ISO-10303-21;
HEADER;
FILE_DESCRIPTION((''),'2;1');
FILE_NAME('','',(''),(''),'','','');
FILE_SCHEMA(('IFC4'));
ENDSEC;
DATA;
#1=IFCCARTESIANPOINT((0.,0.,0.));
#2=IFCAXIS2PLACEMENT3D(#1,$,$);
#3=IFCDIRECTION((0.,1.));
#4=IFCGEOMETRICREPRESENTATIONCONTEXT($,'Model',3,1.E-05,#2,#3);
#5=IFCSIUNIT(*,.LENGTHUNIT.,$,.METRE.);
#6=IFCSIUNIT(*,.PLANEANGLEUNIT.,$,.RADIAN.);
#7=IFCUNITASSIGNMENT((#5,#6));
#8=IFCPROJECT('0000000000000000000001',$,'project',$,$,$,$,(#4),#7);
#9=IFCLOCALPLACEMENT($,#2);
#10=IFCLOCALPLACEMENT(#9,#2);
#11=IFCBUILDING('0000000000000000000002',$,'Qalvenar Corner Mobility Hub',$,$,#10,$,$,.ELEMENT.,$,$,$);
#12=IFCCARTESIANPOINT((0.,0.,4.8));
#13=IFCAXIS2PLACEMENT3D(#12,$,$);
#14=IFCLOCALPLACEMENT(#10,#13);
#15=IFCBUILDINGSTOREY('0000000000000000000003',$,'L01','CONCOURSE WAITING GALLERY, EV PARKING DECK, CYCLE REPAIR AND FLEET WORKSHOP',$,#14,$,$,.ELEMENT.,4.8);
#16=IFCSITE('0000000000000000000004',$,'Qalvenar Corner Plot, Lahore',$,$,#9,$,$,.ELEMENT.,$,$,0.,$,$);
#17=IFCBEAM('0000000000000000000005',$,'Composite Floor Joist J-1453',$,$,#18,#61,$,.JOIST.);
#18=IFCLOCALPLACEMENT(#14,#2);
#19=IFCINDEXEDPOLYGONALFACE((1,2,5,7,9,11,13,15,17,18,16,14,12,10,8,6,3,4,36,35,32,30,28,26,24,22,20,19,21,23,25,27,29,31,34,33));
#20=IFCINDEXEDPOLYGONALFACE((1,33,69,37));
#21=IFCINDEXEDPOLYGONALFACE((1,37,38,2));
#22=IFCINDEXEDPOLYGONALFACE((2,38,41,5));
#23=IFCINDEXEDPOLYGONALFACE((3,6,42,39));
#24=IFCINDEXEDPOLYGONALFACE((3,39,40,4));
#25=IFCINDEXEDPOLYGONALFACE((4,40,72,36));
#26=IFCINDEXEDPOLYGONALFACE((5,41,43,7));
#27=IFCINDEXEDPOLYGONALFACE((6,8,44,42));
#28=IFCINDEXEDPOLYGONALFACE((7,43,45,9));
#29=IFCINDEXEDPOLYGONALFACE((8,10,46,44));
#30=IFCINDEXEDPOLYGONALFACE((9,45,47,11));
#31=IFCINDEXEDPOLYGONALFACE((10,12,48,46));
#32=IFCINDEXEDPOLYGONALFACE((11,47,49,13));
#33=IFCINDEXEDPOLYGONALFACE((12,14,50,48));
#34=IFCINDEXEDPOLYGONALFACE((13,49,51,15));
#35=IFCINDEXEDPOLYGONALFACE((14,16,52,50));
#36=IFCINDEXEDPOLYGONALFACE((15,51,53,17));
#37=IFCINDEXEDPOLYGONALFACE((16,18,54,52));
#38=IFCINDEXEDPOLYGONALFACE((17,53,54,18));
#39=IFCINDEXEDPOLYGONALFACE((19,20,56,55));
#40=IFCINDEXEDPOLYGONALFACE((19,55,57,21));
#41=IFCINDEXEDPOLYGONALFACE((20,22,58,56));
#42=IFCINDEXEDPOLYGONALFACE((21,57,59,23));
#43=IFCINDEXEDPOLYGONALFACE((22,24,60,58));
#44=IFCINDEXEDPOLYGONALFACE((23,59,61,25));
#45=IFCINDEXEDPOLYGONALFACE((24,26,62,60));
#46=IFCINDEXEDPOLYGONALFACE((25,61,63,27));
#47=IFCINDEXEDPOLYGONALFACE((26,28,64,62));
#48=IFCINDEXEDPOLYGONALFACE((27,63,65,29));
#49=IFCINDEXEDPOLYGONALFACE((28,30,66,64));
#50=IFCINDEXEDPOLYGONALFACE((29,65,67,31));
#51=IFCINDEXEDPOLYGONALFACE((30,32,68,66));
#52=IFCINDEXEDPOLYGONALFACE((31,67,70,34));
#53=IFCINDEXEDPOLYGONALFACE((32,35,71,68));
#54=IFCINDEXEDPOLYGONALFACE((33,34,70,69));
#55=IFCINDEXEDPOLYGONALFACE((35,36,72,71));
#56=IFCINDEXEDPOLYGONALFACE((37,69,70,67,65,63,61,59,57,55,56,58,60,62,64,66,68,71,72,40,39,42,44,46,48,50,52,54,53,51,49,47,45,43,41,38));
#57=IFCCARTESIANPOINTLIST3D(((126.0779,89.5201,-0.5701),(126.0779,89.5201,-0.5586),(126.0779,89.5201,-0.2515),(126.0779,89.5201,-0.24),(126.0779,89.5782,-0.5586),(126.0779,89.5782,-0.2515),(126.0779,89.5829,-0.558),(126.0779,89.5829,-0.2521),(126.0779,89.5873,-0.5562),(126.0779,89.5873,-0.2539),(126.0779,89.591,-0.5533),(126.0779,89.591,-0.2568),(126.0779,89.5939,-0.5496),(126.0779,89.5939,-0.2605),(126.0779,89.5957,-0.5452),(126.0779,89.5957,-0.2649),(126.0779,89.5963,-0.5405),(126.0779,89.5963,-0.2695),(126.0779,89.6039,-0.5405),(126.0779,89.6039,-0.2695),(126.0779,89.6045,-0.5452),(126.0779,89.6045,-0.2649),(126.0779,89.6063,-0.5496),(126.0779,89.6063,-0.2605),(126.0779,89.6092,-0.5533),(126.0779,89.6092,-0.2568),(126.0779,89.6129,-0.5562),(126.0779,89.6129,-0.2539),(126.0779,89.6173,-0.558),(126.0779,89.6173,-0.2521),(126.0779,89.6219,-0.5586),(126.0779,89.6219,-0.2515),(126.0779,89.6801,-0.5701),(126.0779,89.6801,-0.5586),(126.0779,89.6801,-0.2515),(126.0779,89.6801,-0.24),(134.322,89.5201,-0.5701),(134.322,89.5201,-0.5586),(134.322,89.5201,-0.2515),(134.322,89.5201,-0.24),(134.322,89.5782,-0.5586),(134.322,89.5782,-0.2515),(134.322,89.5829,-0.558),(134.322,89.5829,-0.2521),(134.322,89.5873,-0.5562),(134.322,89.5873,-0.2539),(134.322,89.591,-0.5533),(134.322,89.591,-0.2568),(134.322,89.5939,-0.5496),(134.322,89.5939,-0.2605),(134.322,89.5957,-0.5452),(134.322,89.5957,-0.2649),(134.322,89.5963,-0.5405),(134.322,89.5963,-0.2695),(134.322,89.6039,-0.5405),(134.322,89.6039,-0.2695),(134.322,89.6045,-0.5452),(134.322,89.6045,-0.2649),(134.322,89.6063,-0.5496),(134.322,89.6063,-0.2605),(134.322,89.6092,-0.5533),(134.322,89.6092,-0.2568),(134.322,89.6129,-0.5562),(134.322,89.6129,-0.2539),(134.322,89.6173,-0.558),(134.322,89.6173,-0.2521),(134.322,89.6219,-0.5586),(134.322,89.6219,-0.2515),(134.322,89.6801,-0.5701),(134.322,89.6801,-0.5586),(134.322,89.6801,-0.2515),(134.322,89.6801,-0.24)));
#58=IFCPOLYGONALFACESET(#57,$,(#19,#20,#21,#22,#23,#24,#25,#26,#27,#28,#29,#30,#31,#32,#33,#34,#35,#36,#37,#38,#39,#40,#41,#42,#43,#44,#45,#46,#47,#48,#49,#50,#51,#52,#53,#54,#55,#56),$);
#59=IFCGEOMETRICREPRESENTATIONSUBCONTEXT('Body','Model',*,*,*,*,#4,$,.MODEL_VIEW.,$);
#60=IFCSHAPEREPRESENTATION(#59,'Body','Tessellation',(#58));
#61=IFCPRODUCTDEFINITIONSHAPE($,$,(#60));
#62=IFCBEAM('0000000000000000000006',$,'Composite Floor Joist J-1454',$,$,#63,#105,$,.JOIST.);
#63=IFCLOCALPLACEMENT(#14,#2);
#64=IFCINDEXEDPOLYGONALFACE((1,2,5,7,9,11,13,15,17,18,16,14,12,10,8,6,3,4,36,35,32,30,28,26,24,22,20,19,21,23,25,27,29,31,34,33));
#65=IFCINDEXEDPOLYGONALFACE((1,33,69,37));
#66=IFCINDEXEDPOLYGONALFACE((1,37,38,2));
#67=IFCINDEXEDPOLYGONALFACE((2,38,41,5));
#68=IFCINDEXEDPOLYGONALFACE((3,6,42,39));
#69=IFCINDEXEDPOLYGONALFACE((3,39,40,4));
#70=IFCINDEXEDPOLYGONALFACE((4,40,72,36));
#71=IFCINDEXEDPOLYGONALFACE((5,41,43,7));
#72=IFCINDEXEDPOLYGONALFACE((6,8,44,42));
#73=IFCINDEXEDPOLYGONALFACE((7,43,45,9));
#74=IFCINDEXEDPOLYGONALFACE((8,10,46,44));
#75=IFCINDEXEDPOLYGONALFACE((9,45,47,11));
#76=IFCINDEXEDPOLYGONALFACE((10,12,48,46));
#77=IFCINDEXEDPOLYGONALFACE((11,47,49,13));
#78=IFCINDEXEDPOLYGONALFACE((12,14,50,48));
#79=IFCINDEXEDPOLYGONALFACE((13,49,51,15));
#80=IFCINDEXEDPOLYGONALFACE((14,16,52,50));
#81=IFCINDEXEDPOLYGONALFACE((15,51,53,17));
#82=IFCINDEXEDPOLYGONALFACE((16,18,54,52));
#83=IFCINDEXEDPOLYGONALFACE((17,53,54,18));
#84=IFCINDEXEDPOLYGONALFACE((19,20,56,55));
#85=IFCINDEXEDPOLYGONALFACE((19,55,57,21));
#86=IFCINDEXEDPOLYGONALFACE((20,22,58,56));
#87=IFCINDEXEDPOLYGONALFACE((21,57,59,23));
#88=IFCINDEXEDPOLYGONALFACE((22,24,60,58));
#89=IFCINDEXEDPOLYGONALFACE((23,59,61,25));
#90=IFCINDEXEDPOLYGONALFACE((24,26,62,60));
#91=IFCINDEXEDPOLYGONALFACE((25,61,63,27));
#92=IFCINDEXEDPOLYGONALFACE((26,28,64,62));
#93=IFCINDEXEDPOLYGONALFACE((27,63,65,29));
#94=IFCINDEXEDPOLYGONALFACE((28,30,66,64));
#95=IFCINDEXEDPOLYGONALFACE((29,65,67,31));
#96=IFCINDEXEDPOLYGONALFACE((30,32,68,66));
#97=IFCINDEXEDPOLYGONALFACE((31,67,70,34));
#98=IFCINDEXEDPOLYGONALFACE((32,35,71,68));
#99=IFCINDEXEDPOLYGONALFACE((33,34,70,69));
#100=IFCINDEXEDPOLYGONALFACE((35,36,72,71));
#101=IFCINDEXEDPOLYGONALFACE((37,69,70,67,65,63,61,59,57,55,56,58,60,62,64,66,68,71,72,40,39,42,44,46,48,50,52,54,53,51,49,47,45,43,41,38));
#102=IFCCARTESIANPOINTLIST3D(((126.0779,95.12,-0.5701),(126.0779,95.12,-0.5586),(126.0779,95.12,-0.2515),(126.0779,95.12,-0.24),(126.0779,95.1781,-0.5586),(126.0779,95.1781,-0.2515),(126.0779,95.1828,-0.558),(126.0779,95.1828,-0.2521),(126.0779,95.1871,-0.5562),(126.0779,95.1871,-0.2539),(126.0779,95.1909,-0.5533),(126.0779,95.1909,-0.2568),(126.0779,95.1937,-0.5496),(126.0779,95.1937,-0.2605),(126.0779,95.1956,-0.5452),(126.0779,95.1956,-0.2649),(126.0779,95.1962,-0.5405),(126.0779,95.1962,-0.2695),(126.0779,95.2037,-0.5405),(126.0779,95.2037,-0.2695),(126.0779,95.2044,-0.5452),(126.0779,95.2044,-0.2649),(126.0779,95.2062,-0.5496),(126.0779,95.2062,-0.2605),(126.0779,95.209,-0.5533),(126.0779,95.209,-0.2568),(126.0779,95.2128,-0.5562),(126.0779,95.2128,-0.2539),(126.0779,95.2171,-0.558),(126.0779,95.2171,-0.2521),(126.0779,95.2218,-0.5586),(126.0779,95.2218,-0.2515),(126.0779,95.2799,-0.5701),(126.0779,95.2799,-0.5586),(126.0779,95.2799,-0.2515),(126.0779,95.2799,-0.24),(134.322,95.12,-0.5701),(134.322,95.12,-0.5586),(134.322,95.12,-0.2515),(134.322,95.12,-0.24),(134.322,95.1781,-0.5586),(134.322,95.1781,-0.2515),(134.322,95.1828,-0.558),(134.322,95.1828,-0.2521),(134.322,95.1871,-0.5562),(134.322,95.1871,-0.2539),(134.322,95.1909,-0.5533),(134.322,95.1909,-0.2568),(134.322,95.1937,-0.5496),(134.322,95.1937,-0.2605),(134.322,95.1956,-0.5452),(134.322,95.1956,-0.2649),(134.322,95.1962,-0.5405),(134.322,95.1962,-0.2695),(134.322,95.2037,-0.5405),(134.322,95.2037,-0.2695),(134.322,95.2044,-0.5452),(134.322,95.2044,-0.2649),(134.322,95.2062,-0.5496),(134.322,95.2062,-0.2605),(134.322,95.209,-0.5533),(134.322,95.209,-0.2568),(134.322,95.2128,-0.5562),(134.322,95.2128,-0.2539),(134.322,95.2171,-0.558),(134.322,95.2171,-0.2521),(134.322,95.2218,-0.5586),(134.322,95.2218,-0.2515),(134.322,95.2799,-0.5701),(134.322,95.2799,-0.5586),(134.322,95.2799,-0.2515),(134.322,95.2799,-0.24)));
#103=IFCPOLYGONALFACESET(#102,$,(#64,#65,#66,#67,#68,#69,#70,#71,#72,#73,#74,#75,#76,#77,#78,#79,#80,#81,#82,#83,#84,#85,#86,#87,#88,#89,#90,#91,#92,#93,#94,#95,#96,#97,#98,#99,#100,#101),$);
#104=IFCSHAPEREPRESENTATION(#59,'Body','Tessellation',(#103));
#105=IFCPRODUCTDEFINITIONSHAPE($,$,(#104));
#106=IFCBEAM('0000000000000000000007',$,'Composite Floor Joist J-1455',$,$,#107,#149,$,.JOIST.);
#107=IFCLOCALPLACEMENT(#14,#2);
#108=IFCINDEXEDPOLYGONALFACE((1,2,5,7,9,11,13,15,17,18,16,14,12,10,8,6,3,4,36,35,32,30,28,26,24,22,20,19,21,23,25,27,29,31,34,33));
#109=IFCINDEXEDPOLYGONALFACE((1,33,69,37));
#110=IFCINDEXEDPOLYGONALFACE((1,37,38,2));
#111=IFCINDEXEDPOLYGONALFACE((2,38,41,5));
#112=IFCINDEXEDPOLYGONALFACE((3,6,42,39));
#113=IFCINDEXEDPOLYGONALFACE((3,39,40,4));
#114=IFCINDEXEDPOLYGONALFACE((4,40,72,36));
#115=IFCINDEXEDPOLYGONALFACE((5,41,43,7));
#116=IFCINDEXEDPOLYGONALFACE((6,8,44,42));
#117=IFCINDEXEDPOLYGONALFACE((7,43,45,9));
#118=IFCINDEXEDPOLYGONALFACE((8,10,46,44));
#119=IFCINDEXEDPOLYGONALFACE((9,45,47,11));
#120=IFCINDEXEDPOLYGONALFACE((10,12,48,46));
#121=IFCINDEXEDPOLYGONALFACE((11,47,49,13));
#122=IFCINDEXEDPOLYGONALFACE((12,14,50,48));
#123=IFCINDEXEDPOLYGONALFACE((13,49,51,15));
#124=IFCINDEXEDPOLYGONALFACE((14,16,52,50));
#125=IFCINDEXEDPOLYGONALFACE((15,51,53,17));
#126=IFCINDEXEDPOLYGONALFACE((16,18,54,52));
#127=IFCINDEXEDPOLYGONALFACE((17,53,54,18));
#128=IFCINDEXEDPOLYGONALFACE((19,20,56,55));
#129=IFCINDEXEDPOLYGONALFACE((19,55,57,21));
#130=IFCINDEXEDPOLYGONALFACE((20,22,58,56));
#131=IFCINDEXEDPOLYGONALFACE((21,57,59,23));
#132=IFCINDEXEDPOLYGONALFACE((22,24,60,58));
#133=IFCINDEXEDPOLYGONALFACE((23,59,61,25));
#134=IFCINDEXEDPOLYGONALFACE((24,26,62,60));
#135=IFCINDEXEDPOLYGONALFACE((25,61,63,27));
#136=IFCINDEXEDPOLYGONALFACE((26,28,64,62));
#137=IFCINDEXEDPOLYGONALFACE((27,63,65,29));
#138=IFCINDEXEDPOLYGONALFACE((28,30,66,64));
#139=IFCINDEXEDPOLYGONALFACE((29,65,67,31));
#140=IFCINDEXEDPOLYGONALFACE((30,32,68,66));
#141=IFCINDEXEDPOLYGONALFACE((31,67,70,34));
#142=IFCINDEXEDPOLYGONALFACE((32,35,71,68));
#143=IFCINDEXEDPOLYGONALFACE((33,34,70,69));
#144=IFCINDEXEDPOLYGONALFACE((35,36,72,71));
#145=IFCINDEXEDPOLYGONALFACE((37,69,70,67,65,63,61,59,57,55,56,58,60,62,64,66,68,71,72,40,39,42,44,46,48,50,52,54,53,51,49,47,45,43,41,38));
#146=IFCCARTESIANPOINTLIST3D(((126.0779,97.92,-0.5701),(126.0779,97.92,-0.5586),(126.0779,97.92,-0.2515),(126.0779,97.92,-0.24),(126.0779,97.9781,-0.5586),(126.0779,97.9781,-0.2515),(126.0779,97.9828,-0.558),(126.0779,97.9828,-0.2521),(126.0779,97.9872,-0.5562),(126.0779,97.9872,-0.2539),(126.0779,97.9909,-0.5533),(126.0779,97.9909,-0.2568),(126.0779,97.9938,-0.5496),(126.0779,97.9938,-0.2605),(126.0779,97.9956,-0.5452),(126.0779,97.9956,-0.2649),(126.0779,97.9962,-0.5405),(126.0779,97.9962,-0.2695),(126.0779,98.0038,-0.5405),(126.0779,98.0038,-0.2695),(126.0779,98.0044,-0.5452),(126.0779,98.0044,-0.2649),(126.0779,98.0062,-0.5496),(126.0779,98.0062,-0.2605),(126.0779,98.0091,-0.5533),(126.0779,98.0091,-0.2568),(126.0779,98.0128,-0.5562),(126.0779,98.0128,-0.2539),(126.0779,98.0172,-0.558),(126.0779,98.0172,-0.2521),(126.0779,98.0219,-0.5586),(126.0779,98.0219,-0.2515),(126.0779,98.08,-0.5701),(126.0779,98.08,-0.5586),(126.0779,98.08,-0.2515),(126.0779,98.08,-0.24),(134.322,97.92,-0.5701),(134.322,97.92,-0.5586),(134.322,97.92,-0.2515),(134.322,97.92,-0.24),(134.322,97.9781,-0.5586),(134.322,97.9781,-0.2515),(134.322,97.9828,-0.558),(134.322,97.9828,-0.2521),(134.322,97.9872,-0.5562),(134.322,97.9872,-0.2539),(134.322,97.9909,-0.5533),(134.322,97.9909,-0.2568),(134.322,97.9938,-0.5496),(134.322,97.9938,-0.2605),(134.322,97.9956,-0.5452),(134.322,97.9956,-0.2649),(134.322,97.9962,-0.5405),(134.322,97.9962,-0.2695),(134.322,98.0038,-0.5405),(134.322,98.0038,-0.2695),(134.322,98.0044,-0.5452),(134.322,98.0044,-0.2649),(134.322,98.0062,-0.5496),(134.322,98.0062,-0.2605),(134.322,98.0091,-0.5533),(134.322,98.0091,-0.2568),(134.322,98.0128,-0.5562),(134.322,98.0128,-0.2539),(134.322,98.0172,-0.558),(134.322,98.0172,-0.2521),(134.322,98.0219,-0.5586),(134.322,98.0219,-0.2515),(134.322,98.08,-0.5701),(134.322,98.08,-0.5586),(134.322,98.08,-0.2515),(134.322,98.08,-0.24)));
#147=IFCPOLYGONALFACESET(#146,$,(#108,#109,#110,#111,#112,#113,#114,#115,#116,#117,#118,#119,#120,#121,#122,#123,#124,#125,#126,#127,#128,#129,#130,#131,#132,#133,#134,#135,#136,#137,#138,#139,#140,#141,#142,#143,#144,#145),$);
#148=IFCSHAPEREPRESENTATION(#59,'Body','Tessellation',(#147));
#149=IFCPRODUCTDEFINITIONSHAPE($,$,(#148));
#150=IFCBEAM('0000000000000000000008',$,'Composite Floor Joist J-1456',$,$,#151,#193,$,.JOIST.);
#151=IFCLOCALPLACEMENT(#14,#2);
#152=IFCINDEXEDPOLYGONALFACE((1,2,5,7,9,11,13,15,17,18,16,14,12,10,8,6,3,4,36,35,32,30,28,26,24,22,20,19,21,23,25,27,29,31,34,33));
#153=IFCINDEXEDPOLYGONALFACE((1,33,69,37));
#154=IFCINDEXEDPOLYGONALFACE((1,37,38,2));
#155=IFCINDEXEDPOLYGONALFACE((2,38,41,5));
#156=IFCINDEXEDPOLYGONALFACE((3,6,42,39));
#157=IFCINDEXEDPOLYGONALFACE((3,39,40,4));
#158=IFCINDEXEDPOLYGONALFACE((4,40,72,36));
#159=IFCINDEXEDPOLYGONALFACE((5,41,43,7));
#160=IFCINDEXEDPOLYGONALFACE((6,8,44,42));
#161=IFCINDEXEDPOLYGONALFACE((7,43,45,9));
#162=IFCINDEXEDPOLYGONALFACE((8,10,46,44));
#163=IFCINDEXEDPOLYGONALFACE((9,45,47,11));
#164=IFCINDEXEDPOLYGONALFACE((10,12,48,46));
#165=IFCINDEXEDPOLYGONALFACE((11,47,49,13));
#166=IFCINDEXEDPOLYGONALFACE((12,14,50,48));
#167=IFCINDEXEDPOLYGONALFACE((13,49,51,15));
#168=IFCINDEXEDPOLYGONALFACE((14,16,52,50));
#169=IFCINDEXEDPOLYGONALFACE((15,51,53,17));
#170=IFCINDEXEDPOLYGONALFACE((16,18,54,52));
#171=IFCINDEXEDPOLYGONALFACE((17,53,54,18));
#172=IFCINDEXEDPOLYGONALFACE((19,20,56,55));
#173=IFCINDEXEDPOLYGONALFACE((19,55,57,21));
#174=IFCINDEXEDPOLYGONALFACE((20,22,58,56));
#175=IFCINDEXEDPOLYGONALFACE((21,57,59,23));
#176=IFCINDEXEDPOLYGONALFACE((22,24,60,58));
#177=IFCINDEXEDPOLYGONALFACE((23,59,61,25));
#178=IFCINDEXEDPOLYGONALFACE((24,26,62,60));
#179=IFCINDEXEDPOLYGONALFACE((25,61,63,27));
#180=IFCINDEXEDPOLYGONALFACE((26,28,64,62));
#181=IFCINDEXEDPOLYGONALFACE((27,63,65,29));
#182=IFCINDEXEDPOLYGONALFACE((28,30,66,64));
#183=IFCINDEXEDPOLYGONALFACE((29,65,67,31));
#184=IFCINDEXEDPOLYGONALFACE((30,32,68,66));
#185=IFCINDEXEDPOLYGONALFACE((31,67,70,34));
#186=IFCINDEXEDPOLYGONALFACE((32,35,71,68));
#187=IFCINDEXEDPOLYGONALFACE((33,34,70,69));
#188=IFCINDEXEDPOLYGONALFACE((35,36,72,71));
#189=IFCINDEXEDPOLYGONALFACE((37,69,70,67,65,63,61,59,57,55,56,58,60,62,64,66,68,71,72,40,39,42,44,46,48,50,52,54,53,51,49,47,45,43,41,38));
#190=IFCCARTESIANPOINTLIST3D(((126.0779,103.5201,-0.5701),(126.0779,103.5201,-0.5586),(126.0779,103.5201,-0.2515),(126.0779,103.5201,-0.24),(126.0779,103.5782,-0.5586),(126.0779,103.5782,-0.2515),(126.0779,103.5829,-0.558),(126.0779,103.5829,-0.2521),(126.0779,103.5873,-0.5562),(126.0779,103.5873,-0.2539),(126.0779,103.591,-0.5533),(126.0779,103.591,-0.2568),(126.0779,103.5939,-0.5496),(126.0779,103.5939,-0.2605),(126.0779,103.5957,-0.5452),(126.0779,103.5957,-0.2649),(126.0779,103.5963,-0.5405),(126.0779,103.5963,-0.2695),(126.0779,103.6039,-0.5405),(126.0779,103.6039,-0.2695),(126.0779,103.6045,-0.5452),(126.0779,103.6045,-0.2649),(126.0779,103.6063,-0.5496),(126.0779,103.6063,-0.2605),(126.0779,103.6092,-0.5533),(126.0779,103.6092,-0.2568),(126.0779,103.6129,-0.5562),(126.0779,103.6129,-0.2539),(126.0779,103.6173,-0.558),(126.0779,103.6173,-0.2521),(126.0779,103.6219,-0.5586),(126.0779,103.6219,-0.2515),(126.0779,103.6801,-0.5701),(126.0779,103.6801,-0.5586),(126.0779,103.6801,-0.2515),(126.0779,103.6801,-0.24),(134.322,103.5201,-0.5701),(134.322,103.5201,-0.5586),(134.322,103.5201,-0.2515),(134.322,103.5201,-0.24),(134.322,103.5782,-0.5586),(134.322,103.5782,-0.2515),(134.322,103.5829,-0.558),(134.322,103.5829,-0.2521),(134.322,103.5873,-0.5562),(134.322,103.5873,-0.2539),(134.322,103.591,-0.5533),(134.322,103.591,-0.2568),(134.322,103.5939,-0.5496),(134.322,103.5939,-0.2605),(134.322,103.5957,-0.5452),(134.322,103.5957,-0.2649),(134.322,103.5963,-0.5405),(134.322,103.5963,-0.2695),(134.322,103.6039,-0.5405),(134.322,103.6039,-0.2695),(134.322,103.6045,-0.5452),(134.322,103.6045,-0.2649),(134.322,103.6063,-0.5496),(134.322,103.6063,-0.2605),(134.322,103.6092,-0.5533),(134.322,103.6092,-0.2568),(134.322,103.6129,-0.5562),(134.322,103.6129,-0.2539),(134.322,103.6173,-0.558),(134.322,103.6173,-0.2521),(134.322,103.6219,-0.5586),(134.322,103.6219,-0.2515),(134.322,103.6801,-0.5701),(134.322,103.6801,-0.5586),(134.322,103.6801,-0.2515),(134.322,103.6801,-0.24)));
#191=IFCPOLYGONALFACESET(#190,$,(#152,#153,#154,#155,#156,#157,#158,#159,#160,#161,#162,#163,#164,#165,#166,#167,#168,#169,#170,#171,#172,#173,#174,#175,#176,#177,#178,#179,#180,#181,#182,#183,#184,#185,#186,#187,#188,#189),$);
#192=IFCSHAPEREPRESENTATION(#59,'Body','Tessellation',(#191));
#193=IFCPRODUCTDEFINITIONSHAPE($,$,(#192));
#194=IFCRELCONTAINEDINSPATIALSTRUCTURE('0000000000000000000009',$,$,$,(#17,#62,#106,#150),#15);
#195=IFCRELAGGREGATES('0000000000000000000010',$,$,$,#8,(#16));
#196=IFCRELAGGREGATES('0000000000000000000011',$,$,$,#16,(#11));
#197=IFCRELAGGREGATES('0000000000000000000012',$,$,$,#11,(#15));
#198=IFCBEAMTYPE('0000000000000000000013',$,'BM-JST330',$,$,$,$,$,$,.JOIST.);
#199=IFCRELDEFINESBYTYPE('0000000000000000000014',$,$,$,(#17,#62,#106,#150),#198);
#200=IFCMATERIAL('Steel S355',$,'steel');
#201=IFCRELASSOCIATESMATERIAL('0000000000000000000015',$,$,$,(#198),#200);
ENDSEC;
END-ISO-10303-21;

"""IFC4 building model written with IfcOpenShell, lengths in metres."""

from ifc_helpers import new_model, si_unit, direction, frame, origin, origin_2d, place, context, subcontext, project, spatial, i_section, extrude, material, material_profile, profile_set, type_object, element, save


model = new_model("IFC4")

# Units and contexts
model_context = context("Model", 3, precision=1e-05, world=origin(), true_north=direction((0.0, 1.0)))
body_context = subcontext(model_context, "Body", "Model", "MODEL_VIEW")
ifc_project = project(units=[si_unit("LENGTHUNIT", "METRE"), si_unit("PLANEANGLEUNIT", "RADIAN")], contexts=[model_context])

# Site, building, storey
site_placement = place(None, origin())
site = spatial("IfcSite", under=ifc_project, at=site_placement, Name="Qalvenar Corner Plot, Lahore", CompositionType="ELEMENT", RefElevation=0.0)
building_placement = place(site_placement, origin())
building = spatial("IfcBuilding", under=site, at=building_placement, Name="Qalvenar Corner Mobility Hub", CompositionType="ELEMENT")
storey_placement = place(building_placement, frame((0.0, 0.0, 4.8)))
storey = spatial("IfcBuildingStorey", under=building, at=storey_placement, Name="L01", Description="CONCOURSE WAITING GALLERY, EV PARKING DECK, CYCLE REPAIR AND FLEET WORKSHOP", CompositionType="ELEMENT", Elevation=4.8)

# Shared definitions
ifc_material_1 = material(Name="Steel S355", Category="steel")

# Beams
ifc_material_profile_1 = material_profile(ifc_material_1, i_section(OverallWidth=0.1599, OverallDepth=0.3301, WebThickness=0.0076, FlangeThickness=0.0115, FilletRadius=0.0181, at=origin_2d()), Name="IPE330")
ifc_profile_set_1 = profile_set([ifc_material_profile_1], Name="Steel S355")
beam_type_1 = type_object("IfcBeamType", Name="BM-JST330", PredefinedType="JOIST", material=ifc_profile_set_1)
for number, where, z_axis, x_axis, name in (
    (1, (126.0779, 89.6001, -0.405), (1.0, 0.0, 0.0), (0.0, 1.0, 0.0), "Composite Floor Joist J-1453"),
    (2, (126.0779, 95.2, -0.405), (1.0, 0.0, 0.0), (0.0, 1.0, 0.0), "Composite Floor Joist J-1454"),
    (3, (126.0779, 98.0, -0.405), (1.0, 0.0, 0.0), (0.0, 1.0, 0.0), "Composite Floor Joist J-1455"),
    (4, (126.0779, 103.6001, -0.405), (1.0, 0.0, 0.0), (0.0, 1.0, 0.0), "Composite Floor Joist J-1456"),
):
    element("IfcBeam", number, at=place(storey_placement, frame(where, z_axis=z_axis, x_axis=x_axis)), inside=storey, type_object=beam_type_1, Name=name, PredefinedType="JOIST", context=body_context, shape_type="SweptSolid", body=[
        extrude(i_section(OverallWidth=0.1599, OverallDepth=0.3301, WebThickness=0.0076, FlangeThickness=0.0115, FilletRadius=0.0181, at=origin_2d()), origin(), (0.0, 0.0, 1.0), 8.2441),
    ])

save(model, "model.ifc")
